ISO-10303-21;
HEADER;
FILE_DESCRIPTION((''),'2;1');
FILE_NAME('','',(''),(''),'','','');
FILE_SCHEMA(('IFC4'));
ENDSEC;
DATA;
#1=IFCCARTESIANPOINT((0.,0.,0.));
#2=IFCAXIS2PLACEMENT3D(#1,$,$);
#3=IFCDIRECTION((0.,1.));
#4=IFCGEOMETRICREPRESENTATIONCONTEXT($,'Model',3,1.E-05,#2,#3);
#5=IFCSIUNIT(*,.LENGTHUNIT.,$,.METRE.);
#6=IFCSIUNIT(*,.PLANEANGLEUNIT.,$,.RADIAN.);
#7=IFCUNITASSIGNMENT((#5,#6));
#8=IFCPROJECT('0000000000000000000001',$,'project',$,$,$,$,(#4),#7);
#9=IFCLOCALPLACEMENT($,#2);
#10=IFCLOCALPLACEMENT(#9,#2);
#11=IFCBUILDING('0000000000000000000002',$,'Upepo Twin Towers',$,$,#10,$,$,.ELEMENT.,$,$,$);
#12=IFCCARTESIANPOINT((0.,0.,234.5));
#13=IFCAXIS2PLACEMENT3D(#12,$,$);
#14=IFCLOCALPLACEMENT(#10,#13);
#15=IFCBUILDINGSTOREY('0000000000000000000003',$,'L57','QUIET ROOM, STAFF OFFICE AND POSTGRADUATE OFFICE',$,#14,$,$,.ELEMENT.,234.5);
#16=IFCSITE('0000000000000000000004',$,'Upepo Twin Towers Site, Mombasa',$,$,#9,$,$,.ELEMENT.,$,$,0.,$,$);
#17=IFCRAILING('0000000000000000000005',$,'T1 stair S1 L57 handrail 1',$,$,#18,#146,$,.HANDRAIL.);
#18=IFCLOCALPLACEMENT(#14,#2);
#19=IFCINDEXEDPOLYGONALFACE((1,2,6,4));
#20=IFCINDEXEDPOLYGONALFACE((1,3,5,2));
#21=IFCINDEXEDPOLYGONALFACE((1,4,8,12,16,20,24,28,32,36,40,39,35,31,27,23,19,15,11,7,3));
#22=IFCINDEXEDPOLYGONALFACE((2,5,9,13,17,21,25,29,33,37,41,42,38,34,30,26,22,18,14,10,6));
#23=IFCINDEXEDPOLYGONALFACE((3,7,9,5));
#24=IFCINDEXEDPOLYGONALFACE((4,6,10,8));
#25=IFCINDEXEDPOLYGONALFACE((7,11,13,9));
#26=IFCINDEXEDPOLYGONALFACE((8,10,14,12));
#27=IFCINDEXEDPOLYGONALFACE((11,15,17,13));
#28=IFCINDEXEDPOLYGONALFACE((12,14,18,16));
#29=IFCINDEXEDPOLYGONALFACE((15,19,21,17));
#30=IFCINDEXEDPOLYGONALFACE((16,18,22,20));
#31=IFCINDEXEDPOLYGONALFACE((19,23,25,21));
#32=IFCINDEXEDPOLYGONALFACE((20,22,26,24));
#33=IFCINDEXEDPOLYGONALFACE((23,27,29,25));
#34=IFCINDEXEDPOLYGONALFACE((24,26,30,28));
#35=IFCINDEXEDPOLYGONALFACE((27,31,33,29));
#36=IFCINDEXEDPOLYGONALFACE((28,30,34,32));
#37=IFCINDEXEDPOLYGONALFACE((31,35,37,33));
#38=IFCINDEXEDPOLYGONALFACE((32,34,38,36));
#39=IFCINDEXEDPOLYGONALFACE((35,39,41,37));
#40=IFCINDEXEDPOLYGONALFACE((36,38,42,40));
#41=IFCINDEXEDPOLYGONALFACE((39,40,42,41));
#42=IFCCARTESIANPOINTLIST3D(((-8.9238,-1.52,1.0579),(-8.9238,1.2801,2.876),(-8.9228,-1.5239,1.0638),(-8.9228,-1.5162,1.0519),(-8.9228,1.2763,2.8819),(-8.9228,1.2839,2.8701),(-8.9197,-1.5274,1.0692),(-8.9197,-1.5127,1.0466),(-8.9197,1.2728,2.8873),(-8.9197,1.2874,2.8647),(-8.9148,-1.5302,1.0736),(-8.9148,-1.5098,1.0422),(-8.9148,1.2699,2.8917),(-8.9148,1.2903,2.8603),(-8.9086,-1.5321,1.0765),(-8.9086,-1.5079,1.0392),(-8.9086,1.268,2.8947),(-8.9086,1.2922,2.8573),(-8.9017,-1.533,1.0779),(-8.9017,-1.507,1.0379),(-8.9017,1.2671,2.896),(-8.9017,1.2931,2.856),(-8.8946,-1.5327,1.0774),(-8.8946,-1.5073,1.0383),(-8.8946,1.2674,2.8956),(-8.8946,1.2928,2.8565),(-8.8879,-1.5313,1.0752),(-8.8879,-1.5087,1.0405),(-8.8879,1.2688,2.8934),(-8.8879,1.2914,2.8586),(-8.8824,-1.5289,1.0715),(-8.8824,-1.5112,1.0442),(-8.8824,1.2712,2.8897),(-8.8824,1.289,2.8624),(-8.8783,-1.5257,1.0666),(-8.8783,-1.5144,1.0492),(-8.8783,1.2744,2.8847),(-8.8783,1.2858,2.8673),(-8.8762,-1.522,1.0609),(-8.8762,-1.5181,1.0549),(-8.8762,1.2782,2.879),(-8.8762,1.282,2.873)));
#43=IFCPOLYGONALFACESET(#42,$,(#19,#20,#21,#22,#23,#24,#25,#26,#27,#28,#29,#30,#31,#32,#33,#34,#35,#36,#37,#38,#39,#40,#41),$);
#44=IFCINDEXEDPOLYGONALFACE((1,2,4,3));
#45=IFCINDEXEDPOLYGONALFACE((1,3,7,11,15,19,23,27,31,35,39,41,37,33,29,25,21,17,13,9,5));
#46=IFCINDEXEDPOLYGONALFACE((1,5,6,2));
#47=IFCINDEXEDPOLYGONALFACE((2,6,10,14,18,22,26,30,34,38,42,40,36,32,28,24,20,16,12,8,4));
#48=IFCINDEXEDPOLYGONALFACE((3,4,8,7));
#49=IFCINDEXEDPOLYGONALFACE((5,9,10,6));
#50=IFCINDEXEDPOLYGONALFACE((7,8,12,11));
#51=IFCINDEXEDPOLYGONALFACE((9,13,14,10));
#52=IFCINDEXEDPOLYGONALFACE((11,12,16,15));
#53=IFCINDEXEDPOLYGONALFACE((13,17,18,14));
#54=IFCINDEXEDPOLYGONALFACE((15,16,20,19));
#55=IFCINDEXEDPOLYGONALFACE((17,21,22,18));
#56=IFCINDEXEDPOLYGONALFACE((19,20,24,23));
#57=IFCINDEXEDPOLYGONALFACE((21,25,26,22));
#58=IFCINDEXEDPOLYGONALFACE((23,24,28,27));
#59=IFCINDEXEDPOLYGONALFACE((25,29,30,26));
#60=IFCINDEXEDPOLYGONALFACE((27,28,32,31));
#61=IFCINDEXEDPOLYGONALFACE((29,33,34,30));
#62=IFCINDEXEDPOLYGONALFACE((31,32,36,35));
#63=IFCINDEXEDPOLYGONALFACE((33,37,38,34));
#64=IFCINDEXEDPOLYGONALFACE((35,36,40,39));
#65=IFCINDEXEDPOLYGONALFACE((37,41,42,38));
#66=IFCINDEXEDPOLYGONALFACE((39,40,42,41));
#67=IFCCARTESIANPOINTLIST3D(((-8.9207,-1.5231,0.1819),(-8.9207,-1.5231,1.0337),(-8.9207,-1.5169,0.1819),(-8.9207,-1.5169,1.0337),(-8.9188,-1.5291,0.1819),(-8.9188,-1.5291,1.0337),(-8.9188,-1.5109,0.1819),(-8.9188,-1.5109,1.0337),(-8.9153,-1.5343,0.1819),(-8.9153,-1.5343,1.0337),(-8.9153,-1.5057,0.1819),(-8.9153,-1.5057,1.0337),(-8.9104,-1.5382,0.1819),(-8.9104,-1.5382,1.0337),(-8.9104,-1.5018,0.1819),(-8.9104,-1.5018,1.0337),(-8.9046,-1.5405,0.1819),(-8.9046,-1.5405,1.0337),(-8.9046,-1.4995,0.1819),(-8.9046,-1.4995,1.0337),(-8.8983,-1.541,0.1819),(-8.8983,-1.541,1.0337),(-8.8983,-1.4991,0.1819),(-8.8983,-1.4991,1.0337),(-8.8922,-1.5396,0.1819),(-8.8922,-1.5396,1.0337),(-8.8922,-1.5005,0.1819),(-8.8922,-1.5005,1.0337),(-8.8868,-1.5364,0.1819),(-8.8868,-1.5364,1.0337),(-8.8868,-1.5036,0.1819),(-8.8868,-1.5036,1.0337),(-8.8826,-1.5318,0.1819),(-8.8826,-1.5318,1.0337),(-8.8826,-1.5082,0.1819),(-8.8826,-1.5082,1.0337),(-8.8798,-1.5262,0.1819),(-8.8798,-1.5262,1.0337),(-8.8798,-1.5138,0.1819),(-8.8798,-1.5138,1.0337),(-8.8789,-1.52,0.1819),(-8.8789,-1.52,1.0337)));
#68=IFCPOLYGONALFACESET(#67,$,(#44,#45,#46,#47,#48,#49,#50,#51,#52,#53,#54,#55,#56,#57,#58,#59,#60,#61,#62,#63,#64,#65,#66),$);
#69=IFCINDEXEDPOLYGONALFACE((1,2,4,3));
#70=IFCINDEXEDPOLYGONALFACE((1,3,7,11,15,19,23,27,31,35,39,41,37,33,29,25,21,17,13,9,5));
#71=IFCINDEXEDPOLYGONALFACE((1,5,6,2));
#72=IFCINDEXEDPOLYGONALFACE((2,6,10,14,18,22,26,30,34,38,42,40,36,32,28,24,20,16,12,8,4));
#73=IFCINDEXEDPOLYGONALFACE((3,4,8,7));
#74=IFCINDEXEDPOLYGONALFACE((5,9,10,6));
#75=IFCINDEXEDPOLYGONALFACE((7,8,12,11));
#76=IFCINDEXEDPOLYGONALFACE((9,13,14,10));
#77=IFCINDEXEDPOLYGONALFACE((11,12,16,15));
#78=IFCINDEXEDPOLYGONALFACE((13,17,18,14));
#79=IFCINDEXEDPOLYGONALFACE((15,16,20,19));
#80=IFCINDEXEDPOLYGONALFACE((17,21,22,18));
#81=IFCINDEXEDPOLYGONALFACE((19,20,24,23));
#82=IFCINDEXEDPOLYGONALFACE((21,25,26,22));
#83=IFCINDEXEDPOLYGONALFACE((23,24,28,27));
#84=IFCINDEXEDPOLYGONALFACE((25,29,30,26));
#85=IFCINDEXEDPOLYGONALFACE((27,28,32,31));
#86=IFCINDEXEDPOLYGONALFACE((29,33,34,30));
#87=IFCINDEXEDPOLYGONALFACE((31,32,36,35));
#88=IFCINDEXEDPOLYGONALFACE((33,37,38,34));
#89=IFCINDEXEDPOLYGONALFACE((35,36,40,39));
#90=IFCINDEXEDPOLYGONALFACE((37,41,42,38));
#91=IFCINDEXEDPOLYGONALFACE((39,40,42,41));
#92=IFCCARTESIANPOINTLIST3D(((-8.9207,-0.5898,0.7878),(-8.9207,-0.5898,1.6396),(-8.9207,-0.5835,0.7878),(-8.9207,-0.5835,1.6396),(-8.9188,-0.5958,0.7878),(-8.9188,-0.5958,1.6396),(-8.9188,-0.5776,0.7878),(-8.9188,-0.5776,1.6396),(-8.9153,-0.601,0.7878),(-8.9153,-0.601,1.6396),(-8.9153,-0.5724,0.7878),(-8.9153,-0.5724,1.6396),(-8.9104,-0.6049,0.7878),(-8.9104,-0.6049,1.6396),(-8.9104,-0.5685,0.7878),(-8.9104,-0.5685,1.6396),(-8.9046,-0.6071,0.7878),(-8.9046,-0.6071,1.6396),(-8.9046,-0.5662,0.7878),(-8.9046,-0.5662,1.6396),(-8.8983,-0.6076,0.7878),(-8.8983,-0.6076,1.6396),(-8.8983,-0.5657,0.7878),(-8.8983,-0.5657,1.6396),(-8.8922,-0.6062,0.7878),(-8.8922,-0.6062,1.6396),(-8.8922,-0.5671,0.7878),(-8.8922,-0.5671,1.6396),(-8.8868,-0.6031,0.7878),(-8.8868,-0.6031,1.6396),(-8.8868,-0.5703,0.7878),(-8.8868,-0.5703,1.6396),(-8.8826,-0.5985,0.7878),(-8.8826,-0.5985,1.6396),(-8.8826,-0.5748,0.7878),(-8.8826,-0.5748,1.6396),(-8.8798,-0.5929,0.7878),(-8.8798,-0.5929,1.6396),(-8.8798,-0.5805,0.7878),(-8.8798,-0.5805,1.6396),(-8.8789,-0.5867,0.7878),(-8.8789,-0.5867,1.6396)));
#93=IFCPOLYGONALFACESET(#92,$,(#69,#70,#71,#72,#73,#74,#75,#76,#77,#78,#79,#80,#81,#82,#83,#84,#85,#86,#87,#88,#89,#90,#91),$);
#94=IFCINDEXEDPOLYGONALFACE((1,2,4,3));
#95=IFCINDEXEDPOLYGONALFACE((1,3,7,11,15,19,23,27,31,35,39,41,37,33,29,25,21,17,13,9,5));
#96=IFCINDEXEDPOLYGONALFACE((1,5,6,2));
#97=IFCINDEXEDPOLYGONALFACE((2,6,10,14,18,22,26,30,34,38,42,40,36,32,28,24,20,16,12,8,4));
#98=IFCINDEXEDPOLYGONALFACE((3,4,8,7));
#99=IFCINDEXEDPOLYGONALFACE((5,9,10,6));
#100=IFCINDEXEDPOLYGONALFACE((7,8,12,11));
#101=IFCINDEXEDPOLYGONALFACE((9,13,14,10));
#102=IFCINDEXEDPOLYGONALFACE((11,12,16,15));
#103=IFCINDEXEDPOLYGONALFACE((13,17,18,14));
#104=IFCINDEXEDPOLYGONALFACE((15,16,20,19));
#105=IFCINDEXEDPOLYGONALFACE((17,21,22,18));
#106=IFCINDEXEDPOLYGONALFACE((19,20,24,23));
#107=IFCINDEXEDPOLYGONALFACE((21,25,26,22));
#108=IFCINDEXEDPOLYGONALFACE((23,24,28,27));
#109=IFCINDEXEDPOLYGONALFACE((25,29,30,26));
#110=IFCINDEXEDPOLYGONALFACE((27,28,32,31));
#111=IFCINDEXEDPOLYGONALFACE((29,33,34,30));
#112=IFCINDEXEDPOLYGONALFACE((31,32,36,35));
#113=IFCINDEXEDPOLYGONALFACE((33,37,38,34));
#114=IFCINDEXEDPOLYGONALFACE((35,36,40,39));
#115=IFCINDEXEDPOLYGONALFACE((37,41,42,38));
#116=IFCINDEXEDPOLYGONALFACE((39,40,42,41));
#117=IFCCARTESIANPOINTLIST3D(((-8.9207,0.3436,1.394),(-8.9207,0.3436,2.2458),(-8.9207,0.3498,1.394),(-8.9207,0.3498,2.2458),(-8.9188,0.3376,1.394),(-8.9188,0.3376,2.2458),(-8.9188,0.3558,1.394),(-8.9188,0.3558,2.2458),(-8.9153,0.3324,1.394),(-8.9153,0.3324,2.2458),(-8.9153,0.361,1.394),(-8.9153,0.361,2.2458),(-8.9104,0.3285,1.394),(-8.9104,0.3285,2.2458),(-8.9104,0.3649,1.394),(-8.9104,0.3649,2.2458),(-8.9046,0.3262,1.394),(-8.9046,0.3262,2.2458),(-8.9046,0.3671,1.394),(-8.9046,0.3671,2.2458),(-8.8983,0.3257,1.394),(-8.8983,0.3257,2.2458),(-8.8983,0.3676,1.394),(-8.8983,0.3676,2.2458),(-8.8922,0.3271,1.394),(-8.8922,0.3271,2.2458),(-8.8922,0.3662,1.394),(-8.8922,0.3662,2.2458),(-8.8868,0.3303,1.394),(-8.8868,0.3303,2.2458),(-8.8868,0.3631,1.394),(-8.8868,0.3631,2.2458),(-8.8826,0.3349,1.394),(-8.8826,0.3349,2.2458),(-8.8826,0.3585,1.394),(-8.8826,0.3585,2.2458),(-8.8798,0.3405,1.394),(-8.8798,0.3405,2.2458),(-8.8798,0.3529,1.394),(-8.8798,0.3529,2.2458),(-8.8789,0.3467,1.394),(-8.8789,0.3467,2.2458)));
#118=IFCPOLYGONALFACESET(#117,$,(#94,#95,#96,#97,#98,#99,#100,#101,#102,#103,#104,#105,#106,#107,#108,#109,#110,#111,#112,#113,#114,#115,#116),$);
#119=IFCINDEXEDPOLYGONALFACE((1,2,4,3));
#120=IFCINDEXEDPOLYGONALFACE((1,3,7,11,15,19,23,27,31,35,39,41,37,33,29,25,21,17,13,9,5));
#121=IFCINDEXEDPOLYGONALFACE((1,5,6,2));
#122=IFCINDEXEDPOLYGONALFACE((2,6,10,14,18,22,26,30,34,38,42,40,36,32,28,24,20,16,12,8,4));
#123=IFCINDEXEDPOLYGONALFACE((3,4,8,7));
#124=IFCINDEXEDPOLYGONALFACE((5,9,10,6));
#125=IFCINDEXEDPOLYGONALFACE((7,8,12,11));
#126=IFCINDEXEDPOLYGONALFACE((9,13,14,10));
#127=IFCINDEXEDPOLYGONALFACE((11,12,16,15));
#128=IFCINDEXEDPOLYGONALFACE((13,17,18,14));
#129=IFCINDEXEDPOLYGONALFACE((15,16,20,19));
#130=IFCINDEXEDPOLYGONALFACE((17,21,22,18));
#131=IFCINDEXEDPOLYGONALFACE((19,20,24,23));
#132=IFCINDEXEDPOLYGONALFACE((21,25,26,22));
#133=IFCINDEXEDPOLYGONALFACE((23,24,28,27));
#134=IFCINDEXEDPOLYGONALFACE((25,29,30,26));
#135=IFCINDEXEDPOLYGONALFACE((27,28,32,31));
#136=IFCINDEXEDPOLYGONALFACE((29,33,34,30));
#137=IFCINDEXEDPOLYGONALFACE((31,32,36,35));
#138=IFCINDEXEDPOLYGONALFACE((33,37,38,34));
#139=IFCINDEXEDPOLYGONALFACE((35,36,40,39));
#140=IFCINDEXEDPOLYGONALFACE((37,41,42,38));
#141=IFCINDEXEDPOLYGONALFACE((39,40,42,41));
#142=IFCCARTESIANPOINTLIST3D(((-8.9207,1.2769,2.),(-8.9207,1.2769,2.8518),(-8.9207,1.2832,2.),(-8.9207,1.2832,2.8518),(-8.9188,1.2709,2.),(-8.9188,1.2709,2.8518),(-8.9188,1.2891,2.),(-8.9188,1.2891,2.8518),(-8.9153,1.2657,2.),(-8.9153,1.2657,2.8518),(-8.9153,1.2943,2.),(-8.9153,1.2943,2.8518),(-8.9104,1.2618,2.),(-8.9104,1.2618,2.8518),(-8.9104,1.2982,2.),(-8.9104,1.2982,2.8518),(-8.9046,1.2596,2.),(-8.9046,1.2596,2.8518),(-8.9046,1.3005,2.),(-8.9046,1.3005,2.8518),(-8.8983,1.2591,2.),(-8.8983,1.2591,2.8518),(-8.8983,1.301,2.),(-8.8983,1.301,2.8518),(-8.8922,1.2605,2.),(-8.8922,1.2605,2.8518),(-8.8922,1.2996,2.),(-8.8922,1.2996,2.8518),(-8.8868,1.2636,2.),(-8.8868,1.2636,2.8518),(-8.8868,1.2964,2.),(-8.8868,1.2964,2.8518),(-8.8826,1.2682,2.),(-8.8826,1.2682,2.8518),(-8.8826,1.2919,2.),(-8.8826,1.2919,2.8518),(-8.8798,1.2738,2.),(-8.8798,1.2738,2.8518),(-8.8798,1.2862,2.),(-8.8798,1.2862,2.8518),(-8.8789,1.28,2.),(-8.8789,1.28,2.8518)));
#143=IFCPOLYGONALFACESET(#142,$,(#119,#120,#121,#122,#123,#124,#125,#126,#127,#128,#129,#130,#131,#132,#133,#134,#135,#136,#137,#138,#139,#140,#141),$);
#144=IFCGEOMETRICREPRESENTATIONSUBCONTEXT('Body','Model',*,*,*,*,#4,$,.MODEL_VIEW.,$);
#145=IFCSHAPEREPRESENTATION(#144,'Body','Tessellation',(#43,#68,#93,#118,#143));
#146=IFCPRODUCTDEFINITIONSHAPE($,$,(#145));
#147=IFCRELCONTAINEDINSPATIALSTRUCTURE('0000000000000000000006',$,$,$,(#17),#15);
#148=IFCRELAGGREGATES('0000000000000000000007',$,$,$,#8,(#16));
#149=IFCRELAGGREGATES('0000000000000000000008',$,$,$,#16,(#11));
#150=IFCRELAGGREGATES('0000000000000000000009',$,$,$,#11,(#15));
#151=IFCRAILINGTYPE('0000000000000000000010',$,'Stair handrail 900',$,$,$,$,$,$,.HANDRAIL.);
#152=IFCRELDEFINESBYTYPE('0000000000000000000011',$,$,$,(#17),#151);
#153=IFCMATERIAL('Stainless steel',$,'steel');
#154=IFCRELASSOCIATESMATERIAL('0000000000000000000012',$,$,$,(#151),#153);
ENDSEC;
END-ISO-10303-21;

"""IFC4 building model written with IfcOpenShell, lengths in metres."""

from ifc_helpers import new_model, si_unit, direction, frame, origin, origin_2d, place, context, subcontext, project, spatial, circle, extrude, material, type_object, element, save


model = new_model("IFC4")

# Units and contexts
model_context = context("Model", 3, precision=1e-05, world=origin(), true_north=direction((0.0, 1.0)))
body_context = subcontext(model_context, "Body", "Model", "MODEL_VIEW")
ifc_project = project(units=[si_unit("LENGTHUNIT", "METRE"), si_unit("PLANEANGLEUNIT", "RADIAN")], contexts=[model_context])

# Site, building, storey
site_placement = place(None, origin())
site = spatial("IfcSite", under=ifc_project, at=site_placement, Name="Upepo Twin Towers Site, Mombasa", CompositionType="ELEMENT", RefElevation=0.0)
building_placement = place(site_placement, origin())
building = spatial("IfcBuilding", under=site, at=building_placement, Name="Upepo Twin Towers", CompositionType="ELEMENT")
storey_placement = place(building_placement, frame((0.0, 0.0, 234.5)))
storey = spatial("IfcBuildingStorey", under=building, at=storey_placement, Name="L57", Description="QUIET ROOM, STAFF OFFICE AND POSTGRADUATE OFFICE", CompositionType="ELEMENT", Elevation=234.5)

# Railing
ifc_material_1 = material(Name="Stainless steel", Category="steel")
railing_type = type_object("IfcRailingType", Name="Stair handrail 900", PredefinedType="HANDRAIL", material=ifc_material_1)
railing_1_placement = place(storey_placement, frame((-8.8999, -1.52, 0.1819)))
element("IfcRailing", 1, at=railing_1_placement, inside=storey, type_object=railing_type, Name="T1 stair S1 L57 handrail 1", PredefinedType="HANDRAIL", context=body_context, shape_type="SweptSolid", body=[
    extrude(circle(Radius=0.0239, at=origin_2d()), frame((0.0, 0.0, 0.876), z_axis=(0.0, 0.838706, 0.544585), x_axis=(-1.0, 0.0, 0.0)), (0.0, 0.0, 1.0), 3.3386),
    extrude(circle(Radius=0.021, at=origin_2d()), origin(), (0.0, 0.0, 1.0), 0.8518),
    extrude(circle(Radius=0.021, at=origin_2d()), frame((0.0, 0.9333, 0.606)), (0.0, 0.0, 1.0), 0.8518),
    extrude(circle(Radius=0.021, at=origin_2d()), frame((0.0, 1.8667, 1.2122)), (0.0, 0.0, 1.0), 0.8518),
    extrude(circle(Radius=0.021, at=origin_2d()), frame((0.0, 2.8, 1.8181)), (0.0, 0.0, 1.0), 0.8518),
])

save(model, "model.ifc")
